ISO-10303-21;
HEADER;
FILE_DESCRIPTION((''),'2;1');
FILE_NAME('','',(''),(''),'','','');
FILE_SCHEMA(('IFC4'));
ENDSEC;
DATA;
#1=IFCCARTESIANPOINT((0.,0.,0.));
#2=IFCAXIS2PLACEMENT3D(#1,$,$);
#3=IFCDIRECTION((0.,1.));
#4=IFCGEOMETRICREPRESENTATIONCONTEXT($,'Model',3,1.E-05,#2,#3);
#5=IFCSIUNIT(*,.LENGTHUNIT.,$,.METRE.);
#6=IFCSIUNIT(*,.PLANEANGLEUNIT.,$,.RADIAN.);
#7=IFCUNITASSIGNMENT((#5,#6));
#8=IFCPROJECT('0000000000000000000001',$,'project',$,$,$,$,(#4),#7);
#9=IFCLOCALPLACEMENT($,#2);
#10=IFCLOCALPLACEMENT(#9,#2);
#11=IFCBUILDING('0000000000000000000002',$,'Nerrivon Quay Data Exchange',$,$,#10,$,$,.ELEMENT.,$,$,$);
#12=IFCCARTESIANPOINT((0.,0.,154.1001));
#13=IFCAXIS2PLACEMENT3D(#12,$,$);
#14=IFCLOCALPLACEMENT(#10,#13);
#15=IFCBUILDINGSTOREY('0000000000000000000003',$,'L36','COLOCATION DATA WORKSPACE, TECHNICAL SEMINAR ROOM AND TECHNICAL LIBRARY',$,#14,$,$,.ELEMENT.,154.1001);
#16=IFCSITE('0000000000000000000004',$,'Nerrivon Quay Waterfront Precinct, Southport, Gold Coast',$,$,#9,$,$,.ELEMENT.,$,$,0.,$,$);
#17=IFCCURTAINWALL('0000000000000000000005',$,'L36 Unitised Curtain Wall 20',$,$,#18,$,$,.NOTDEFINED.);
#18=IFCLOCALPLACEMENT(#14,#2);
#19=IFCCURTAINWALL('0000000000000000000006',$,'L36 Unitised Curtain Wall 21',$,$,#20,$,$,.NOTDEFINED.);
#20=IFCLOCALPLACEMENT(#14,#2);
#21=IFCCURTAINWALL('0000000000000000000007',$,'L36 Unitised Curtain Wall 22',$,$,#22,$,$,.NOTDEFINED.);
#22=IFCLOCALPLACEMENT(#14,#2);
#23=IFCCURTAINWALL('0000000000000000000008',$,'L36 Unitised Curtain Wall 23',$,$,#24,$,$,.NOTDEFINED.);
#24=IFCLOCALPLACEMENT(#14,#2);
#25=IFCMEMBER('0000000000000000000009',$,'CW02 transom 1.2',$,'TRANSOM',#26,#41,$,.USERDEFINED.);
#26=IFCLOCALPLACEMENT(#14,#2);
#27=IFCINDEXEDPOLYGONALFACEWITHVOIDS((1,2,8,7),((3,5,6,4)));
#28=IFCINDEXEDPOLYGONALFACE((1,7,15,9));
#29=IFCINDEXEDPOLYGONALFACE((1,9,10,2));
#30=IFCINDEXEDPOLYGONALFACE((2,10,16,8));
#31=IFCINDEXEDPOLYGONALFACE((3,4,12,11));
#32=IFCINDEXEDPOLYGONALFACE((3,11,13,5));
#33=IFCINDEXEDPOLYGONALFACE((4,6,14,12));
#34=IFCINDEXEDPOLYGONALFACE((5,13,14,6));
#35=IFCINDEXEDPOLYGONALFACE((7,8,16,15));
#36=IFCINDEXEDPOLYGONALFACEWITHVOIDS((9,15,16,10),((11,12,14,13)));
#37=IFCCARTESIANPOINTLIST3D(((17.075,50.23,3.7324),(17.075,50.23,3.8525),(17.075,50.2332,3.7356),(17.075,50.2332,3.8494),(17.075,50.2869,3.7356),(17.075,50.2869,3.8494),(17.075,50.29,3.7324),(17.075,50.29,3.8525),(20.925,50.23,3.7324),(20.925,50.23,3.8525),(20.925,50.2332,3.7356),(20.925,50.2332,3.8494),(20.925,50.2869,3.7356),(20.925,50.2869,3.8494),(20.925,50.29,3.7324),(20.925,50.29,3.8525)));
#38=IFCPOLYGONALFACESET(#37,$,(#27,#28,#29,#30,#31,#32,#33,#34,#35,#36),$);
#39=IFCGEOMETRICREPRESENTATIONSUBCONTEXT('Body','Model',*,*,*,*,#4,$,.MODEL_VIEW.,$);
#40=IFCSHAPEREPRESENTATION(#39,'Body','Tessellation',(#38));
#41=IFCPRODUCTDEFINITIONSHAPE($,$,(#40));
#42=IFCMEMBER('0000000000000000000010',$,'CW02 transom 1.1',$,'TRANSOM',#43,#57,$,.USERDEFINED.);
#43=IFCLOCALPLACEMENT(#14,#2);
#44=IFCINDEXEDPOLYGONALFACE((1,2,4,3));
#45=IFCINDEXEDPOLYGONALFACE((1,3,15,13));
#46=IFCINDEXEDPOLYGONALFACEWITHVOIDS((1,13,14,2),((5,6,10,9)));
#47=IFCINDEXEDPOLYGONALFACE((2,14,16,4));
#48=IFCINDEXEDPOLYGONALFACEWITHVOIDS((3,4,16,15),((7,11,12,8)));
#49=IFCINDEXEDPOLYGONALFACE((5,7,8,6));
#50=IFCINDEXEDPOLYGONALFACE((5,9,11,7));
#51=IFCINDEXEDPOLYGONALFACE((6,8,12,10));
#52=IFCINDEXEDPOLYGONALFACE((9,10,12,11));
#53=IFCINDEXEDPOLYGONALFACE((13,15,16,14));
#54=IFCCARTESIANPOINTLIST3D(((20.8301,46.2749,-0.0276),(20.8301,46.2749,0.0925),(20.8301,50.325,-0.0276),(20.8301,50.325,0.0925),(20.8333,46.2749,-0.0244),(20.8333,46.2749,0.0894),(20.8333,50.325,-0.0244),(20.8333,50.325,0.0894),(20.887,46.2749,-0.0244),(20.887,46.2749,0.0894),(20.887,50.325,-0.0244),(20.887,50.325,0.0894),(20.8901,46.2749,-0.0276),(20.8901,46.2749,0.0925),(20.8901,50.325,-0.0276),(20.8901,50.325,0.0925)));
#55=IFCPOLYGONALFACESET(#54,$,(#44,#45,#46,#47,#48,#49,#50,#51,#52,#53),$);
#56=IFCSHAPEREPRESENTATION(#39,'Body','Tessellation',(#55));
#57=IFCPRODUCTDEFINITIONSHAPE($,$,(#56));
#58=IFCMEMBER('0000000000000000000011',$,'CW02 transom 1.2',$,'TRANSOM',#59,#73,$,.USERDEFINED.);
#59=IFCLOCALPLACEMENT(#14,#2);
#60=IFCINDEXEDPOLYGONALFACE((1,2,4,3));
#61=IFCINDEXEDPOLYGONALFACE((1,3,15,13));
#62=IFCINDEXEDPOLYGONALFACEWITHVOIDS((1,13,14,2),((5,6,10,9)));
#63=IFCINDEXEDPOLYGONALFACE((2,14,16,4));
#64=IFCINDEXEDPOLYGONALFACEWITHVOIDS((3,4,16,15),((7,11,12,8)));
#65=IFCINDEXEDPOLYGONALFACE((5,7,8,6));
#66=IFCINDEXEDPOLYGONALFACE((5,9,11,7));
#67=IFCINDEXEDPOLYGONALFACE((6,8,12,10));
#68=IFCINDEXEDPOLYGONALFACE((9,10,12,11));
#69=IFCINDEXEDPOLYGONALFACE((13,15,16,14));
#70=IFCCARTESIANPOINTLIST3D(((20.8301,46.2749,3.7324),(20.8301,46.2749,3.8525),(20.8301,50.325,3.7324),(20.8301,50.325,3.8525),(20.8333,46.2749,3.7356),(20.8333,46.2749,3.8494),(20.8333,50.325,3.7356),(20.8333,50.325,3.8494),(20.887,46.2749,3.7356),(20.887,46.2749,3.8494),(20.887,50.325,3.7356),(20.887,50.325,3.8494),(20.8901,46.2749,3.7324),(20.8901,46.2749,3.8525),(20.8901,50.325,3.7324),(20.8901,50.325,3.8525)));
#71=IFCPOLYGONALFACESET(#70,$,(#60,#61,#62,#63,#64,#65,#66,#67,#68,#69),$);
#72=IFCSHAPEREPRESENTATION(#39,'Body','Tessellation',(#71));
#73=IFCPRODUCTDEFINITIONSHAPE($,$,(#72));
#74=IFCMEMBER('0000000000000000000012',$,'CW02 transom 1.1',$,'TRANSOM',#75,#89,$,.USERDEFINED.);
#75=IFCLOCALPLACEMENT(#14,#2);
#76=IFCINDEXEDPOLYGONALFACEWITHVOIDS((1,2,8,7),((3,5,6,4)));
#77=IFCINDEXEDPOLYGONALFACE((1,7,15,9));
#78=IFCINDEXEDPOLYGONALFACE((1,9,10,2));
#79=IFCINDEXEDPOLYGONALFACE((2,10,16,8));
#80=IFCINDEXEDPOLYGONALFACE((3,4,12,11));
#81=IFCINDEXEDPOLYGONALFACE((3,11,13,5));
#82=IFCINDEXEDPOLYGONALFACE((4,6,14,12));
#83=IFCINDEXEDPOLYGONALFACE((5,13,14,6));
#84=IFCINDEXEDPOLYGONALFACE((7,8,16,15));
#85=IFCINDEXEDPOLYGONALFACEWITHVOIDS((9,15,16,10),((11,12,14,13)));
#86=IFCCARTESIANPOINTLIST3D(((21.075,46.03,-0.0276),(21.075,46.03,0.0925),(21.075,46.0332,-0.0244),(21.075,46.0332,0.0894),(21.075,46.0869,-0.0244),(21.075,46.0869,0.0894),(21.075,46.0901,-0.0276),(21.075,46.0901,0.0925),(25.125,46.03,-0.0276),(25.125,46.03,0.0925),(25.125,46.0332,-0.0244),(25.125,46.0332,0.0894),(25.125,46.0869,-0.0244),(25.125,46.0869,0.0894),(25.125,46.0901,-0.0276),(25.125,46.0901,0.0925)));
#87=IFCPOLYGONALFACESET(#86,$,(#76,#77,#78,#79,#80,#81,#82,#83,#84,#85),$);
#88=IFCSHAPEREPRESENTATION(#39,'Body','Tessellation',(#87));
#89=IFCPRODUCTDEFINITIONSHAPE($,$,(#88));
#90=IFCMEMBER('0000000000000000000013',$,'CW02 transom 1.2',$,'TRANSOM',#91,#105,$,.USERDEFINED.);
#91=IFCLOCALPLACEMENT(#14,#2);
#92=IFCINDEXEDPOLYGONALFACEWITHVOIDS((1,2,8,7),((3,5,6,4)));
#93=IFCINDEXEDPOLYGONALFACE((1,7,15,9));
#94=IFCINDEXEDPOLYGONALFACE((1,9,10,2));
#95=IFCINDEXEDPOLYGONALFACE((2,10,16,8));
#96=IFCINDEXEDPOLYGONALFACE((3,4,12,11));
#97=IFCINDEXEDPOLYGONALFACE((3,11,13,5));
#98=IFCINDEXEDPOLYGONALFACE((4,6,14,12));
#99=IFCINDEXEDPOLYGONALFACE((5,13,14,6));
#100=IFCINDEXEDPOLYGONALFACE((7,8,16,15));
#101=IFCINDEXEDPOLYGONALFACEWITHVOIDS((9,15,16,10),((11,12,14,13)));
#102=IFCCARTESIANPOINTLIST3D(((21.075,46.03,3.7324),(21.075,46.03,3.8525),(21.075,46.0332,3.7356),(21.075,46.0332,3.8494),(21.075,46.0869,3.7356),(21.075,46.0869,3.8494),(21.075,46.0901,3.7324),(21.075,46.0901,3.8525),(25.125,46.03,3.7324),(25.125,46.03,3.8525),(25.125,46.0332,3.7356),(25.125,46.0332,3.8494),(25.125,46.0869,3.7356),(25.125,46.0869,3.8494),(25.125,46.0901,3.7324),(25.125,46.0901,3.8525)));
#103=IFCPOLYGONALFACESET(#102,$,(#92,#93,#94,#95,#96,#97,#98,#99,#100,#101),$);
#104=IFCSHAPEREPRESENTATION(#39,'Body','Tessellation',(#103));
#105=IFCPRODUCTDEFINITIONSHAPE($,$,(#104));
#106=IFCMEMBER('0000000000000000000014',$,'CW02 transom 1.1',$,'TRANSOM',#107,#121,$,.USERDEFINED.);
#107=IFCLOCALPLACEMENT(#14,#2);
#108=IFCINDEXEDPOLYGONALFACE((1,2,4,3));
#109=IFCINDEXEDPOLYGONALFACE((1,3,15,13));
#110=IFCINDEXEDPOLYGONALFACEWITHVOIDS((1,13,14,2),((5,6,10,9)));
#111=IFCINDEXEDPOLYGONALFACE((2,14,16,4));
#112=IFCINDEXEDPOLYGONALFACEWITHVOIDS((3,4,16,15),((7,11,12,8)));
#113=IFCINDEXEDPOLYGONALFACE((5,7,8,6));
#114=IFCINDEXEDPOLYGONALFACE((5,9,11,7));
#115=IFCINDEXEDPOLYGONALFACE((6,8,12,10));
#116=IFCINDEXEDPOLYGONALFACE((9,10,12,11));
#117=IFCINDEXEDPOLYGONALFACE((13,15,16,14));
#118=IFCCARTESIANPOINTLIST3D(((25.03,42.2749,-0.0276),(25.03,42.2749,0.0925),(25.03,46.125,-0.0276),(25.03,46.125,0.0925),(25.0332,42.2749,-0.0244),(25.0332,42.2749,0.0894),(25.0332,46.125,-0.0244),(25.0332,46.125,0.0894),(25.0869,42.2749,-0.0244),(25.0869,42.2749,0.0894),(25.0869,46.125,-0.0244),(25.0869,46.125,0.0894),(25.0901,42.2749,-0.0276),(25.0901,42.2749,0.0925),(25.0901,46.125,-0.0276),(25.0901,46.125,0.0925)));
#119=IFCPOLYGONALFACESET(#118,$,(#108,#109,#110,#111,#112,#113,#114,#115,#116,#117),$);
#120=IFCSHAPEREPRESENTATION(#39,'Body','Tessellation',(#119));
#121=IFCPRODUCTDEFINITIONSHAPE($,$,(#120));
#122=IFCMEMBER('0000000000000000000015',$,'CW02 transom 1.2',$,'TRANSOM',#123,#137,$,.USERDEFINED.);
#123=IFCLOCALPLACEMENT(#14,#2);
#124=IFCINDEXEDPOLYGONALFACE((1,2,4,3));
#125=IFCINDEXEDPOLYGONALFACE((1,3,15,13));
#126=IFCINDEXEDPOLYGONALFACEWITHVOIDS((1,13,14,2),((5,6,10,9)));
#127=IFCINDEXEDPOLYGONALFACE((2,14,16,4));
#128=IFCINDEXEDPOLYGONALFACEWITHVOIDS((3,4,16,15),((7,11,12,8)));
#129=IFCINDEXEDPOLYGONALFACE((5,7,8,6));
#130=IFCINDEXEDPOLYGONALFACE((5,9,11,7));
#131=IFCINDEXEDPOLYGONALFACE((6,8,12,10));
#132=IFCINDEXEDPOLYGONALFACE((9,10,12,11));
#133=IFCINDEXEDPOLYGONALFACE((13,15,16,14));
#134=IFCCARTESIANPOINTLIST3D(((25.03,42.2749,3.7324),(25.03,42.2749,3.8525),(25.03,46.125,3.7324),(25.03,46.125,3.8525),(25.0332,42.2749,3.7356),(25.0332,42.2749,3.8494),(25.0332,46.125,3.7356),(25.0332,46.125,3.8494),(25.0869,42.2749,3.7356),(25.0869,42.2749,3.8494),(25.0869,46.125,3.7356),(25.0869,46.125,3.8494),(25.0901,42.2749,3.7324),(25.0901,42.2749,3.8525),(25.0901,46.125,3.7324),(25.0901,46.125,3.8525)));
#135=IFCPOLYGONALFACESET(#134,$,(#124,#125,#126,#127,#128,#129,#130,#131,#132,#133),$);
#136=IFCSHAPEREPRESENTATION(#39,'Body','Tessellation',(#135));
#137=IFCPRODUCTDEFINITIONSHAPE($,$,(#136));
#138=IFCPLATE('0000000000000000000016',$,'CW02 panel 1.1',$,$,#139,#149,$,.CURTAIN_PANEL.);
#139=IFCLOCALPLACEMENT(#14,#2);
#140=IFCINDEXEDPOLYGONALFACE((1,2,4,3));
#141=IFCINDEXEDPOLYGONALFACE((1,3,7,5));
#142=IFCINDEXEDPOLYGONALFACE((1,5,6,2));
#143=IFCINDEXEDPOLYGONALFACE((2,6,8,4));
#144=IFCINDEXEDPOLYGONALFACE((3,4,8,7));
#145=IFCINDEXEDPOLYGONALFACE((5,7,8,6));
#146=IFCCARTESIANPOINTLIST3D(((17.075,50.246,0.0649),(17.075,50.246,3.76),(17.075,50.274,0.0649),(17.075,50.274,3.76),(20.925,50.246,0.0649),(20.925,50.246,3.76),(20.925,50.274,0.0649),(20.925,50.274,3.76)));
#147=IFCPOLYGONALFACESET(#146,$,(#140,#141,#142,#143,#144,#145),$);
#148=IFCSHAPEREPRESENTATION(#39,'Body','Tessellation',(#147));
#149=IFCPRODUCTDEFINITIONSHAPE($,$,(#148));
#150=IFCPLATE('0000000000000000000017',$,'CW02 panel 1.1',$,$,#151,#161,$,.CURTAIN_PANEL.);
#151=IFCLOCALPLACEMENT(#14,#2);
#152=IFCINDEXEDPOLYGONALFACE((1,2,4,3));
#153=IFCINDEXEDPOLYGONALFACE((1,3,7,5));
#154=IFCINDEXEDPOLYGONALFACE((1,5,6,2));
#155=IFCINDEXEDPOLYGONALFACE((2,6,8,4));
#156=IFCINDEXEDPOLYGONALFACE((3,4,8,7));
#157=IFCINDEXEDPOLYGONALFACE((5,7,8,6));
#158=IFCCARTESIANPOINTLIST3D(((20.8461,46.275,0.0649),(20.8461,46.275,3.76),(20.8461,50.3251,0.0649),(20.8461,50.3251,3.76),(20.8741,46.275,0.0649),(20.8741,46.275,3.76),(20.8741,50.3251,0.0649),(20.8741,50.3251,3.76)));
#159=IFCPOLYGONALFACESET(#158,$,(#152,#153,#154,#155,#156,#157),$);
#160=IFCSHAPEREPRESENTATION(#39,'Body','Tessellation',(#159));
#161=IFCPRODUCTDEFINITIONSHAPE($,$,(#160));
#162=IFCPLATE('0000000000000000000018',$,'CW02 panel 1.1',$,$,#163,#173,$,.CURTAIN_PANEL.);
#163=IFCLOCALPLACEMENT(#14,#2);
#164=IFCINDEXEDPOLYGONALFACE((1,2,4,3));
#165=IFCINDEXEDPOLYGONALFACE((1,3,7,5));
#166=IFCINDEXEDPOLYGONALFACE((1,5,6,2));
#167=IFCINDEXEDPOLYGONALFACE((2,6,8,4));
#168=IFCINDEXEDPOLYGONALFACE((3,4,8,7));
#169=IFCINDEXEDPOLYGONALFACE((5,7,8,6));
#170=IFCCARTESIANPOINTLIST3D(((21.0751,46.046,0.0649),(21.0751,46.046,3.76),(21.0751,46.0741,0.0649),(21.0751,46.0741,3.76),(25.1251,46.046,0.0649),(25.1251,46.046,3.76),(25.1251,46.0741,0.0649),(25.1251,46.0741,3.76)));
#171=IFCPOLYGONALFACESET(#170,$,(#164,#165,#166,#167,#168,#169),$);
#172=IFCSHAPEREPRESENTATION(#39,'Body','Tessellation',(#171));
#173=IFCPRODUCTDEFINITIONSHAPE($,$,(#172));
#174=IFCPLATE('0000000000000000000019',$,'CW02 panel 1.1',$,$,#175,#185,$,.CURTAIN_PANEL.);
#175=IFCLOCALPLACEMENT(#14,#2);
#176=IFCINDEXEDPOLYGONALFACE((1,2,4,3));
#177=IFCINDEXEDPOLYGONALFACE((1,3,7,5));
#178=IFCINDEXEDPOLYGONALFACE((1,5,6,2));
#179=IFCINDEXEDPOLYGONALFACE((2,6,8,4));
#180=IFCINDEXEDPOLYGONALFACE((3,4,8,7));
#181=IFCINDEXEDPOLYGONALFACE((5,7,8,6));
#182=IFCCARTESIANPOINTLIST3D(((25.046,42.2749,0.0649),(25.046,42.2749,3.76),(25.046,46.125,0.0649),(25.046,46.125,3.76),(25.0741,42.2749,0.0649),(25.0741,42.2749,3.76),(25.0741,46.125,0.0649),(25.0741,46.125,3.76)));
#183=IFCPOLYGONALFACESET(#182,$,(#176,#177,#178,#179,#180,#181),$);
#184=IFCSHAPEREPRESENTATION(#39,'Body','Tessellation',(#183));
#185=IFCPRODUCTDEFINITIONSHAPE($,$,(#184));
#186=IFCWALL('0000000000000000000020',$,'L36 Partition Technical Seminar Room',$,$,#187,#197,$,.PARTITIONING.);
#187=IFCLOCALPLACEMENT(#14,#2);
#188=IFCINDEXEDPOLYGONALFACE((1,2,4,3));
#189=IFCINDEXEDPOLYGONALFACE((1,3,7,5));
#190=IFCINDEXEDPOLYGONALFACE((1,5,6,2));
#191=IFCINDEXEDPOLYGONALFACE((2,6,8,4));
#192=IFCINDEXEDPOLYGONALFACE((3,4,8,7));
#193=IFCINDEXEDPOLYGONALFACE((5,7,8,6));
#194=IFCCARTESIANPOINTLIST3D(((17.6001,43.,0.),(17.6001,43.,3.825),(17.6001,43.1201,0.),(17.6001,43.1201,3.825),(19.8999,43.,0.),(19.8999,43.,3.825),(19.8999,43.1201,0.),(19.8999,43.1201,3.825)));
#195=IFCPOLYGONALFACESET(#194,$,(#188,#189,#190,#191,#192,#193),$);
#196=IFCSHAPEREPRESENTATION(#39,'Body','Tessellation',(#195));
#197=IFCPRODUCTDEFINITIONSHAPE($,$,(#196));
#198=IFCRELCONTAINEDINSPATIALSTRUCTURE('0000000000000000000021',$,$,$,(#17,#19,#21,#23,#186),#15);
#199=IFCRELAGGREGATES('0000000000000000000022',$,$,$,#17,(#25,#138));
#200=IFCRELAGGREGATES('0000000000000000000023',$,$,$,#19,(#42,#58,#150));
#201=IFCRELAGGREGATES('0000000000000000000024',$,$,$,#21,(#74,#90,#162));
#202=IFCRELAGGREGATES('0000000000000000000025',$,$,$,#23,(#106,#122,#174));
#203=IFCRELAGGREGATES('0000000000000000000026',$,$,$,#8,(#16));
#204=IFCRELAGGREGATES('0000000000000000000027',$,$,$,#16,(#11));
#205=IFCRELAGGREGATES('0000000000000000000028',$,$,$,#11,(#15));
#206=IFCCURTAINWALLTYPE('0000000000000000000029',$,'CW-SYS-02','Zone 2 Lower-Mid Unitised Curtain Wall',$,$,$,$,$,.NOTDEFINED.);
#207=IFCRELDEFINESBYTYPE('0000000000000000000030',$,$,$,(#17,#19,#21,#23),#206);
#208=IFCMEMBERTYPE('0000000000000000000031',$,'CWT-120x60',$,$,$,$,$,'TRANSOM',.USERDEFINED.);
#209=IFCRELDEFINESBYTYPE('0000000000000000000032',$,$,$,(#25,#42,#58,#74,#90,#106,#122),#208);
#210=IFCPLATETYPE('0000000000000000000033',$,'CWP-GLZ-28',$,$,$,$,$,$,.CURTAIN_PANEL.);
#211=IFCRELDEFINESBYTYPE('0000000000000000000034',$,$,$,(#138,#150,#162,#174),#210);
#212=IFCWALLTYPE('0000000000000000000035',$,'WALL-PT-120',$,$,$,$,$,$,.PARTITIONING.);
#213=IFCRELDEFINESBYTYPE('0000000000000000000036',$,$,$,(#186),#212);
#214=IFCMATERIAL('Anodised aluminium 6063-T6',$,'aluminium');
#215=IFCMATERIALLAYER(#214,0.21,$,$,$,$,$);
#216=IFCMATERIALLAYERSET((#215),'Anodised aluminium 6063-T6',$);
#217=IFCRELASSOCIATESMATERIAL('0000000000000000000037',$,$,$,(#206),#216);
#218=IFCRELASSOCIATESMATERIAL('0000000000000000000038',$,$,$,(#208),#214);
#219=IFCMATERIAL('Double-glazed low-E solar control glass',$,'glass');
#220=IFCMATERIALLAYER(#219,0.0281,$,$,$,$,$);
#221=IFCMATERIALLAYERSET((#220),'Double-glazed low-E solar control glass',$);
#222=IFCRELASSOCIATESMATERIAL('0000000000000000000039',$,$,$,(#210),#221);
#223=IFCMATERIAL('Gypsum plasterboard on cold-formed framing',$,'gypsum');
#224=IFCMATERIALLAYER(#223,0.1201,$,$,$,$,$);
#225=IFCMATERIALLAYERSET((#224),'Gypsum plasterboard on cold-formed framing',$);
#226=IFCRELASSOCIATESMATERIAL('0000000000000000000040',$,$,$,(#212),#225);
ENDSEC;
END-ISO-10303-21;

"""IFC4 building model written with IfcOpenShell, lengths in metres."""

from ifc_helpers import new_model, si_unit, direction, frame, frame_2d, origin, origin_2d, place, context, subcontext, project, spatial, rectangle, hollow_rectangle, extrude, material, layer, layer_set, material_profile, profile_set, type_object, element, aggregate, save


model = new_model("IFC4")

# Units and contexts
model_context = context("Model", 3, precision=1e-05, world=origin(), true_north=direction((0.0, 1.0)))
body_context = subcontext(model_context, "Body", "Model", "MODEL_VIEW")
ifc_project = project(units=[si_unit("LENGTHUNIT", "METRE"), si_unit("PLANEANGLEUNIT", "RADIAN")], contexts=[model_context])

# Site, building, storey
site_placement = place(None, origin())
site = spatial("IfcSite", under=ifc_project, at=site_placement, Name="Nerrivon Quay Waterfront Precinct, Southport, Gold Coast", CompositionType="ELEMENT", RefElevation=0.0)
building_placement = place(site_placement, origin())
building = spatial("IfcBuilding", under=site, at=building_placement, Name="Nerrivon Quay Data Exchange", CompositionType="ELEMENT")
storey_placement = place(building_placement, frame((0.0, 0.0, 154.1001)))
storey = spatial("IfcBuildingStorey", under=building, at=storey_placement, Name="L36", Description="COLOCATION DATA WORKSPACE, TECHNICAL SEMINAR ROOM AND TECHNICAL LIBRARY", CompositionType="ELEMENT", Elevation=154.1001)

# Shared definitions
ifc_material_1 = material(Name="Anodised aluminium 6063-T6", Category="aluminium")
ifc_layer_1 = layer(ifc_material_1, 0.21)
ifc_layer_set_1 = layer_set([ifc_layer_1], Name="Anodised aluminium 6063-T6")
curtain_wall_type = type_object("IfcCurtainWallType", Name="CW-SYS-02", Description="Zone 2 Lower-Mid Unitised Curtain Wall", PredefinedType="NOTDEFINED", material=ifc_layer_set_1)

# Curtain walls
curtain_wall_1_placement = place(storey_placement, origin())
curtain_wall_1 = element("IfcCurtainWall", 1, at=curtain_wall_1_placement, inside=storey, type_object=curtain_wall_type, Name="L36 Unitised Curtain Wall 20", PredefinedType="NOTDEFINED")
curtain_wall_2_placement = place(storey_placement, origin())
curtain_wall_2 = element("IfcCurtainWall", 2, at=curtain_wall_2_placement, inside=storey, type_object=curtain_wall_type, Name="L36 Unitised Curtain Wall 21", PredefinedType="NOTDEFINED")
curtain_wall_3_placement = place(storey_placement, origin())
curtain_wall_3 = element("IfcCurtainWall", 3, at=curtain_wall_3_placement, inside=storey, type_object=curtain_wall_type, Name="L36 Unitised Curtain Wall 22", PredefinedType="NOTDEFINED")

# Curtain wall
curtain_wall_4_placement = place(storey_placement, origin())
curtain_wall_4 = element("IfcCurtainWall", 4, at=curtain_wall_4_placement, inside=storey, type_object=curtain_wall_type, Name="L36 Unitised Curtain Wall 23", PredefinedType="NOTDEFINED")

# Members
ifc_material_profile_1 = material_profile(ifc_material_1, hollow_rectangle(XDim=0.0601, YDim=0.1201, WallThickness=0.0032, at=origin_2d()), Name="ALU-TRAN-120x60")
ifc_profile_set_1 = profile_set([ifc_material_profile_1], Name="Anodised aluminium 6063-T6")
member_type_1 = type_object("IfcMemberType", Name="CWT-120x60", ElementType="TRANSOM", PredefinedType="USERDEFINED", material=ifc_profile_set_1)
member_1_placement = place(storey_placement, frame((17.075, 50.26, 3.7925), z_axis=(1.0, 0.0, 0.0), x_axis=(0.0, 1.0, 0.0)))
member_1 = element("IfcMember", 5, at=member_1_placement, type_object=member_type_1, Name="CW02 transom 1.2", ObjectType="TRANSOM", PredefinedType="USERDEFINED", context=body_context, shape_type="SweptSolid", body=[
    extrude(hollow_rectangle(XDim=0.0601, YDim=0.1201, WallThickness=0.0032, at=origin_2d()), origin(), (0.0, 0.0, 1.0), 3.8501),
])
member_2_placement = place(storey_placement, frame((20.8601, 50.325, 0.0325), z_axis=(0.0, -1.0, 0.0), x_axis=(1.0, 0.0, 0.0)))
member_2 = element("IfcMember", 6, at=member_2_placement, type_object=member_type_1, Name="CW02 transom 1.1", ObjectType="TRANSOM", PredefinedType="USERDEFINED", context=body_context, shape_type="SweptSolid", body=[
    extrude(hollow_rectangle(XDim=0.0601, YDim=0.1201, WallThickness=0.0032, at=origin_2d()), origin(), (0.0, 0.0, 1.0), 4.05),
])
member_3_placement = place(storey_placement, frame((20.8601, 50.325, 3.7925), z_axis=(0.0, -1.0, 0.0), x_axis=(1.0, 0.0, 0.0)))
member_3 = element("IfcMember", 7, at=member_3_placement, type_object=member_type_1, Name="CW02 transom 1.2", ObjectType="TRANSOM", PredefinedType="USERDEFINED", context=body_context, shape_type="SweptSolid", body=[
    extrude(hollow_rectangle(XDim=0.0601, YDim=0.1201, WallThickness=0.0032, at=origin_2d()), origin(), (0.0, 0.0, 1.0), 4.05),
])
member_4_placement = place(storey_placement, frame((21.075, 46.0601, 0.0325), z_axis=(1.0, 0.0, 0.0), x_axis=(0.0, 1.0, 0.0)))
member_4 = element("IfcMember", 8, at=member_4_placement, type_object=member_type_1, Name="CW02 transom 1.1", ObjectType="TRANSOM", PredefinedType="USERDEFINED", context=body_context, shape_type="SweptSolid", body=[
    extrude(hollow_rectangle(XDim=0.0601, YDim=0.1201, WallThickness=0.0032, at=origin_2d()), origin(), (0.0, 0.0, 1.0), 4.05),
])
member_5_placement = place(storey_placement, frame((21.075, 46.0601, 3.7925), z_axis=(1.0, 0.0, 0.0), x_axis=(0.0, 1.0, 0.0)))
member_5 = element("IfcMember", 9, at=member_5_placement, type_object=member_type_1, Name="CW02 transom 1.2", ObjectType="TRANSOM", PredefinedType="USERDEFINED", context=body_context, shape_type="SweptSolid", body=[
    extrude(hollow_rectangle(XDim=0.0601, YDim=0.1201, WallThickness=0.0032, at=origin_2d()), origin(), (0.0, 0.0, 1.0), 4.05),
])
member_6_placement = place(storey_placement, frame((25.0601, 46.125, 0.0325), z_axis=(0.0, -1.0, 0.0), x_axis=(1.0, 0.0, 0.0)))
member_6 = element("IfcMember", 10, at=member_6_placement, type_object=member_type_1, Name="CW02 transom 1.1", ObjectType="TRANSOM", PredefinedType="USERDEFINED", context=body_context, shape_type="SweptSolid", body=[
    extrude(hollow_rectangle(XDim=0.0601, YDim=0.1201, WallThickness=0.0032, at=origin_2d()), origin(), (0.0, 0.0, 1.0), 3.8501),
])
member_7_placement = place(storey_placement, frame((25.0601, 46.125, 3.7925), z_axis=(0.0, -1.0, 0.0), x_axis=(1.0, 0.0, 0.0)))
member_7 = element("IfcMember", 11, at=member_7_placement, type_object=member_type_1, Name="CW02 transom 1.2", ObjectType="TRANSOM", PredefinedType="USERDEFINED", context=body_context, shape_type="SweptSolid", body=[
    extrude(hollow_rectangle(XDim=0.0601, YDim=0.1201, WallThickness=0.0032, at=origin_2d()), origin(), (0.0, 0.0, 1.0), 3.8501),
])

# Plates
ifc_material_2 = material(Name="Double-glazed low-E solar control glass", Category="glass")
ifc_layer_2 = layer(ifc_material_2, 0.0281)
ifc_layer_set_2 = layer_set([ifc_layer_2], Name="Double-glazed low-E solar control glass")
plate_type = type_object("IfcPlateType", Name="CWP-GLZ-28", PredefinedType="CURTAIN_PANEL", material=ifc_layer_set_2)
plate_1_placement = place(storey_placement, frame((19.0, 50.26, 0.0649), z_axis=(0.0, 0.0, 1.0), x_axis=(1.0, 0.0, 0.0)))
plate_1 = element("IfcPlate", 12, at=plate_1_placement, type_object=plate_type, Name="CW02 panel 1.1", PredefinedType="CURTAIN_PANEL", context=body_context, shape_type="SweptSolid", body=[
    extrude(rectangle(XDim=3.8501, YDim=0.0281, at=origin_2d()), origin(), (0.0, 0.0, 1.0), 3.6951),
])
aggregate(curtain_wall_1, [member_1, plate_1])
plate_2_placement = place(storey_placement, frame((20.8601, 48.3, 0.0649), z_axis=(0.0, 0.0, 1.0), x_axis=(0.0, -1.0, 0.0)))
plate_2 = element("IfcPlate", 13, at=plate_2_placement, type_object=plate_type, Name="CW02 panel 1.1", PredefinedType="CURTAIN_PANEL", context=body_context, shape_type="SweptSolid", body=[
    extrude(rectangle(XDim=4.05, YDim=0.0281, at=origin_2d()), origin(), (0.0, 0.0, 1.0), 3.6951),
])
aggregate(curtain_wall_2, [member_2, member_3, plate_2])
plate_3_placement = place(storey_placement, frame((23.1001, 46.0601, 0.0649), z_axis=(0.0, 0.0, 1.0), x_axis=(1.0, 0.0, 0.0)))
plate_3 = element("IfcPlate", 14, at=plate_3_placement, type_object=plate_type, Name="CW02 panel 1.1", PredefinedType="CURTAIN_PANEL", context=body_context, shape_type="SweptSolid", body=[
    extrude(rectangle(XDim=4.05, YDim=0.0281, at=origin_2d()), origin(), (0.0, 0.0, 1.0), 3.6951),
])
aggregate(curtain_wall_3, [member_4, member_5, plate_3])
plate_4_placement = place(storey_placement, frame((25.0601, 44.2, 0.0649), z_axis=(0.0, 0.0, 1.0), x_axis=(0.0, -1.0, 0.0)))
plate_4 = element("IfcPlate", 15, at=plate_4_placement, type_object=plate_type, Name="CW02 panel 1.1", PredefinedType="CURTAIN_PANEL", context=body_context, shape_type="SweptSolid", body=[
    extrude(rectangle(XDim=3.8501, YDim=0.0281, at=origin_2d()), origin(), (0.0, 0.0, 1.0), 3.6951),
])
aggregate(curtain_wall_4, [member_6, member_7, plate_4])

# Wall
ifc_material_3 = material(Name="Gypsum plasterboard on cold-formed framing", Category="gypsum")
ifc_layer_3 = layer(ifc_material_3, 0.1201)
ifc_layer_set_3 = layer_set([ifc_layer_3], Name="Gypsum plasterboard on cold-formed framing")
wall_type = type_object("IfcWallType", Name="WALL-PT-120", PredefinedType="PARTITIONING", material=ifc_layer_set_3)
wall_placement = place(storey_placement, frame((17.6001, 43.0601, 0.0), z_axis=(0.0, 0.0, 1.0), x_axis=(1.0, 0.0, 0.0)))
element("IfcWall", 16, at=wall_placement, inside=storey, type_object=wall_type, Name="L36 Partition Technical Seminar Room", PredefinedType="PARTITIONING", context=body_context, shape_type="SweptSolid", body=[
    extrude(rectangle(XDim=2.2998, YDim=0.1201, at=frame_2d((1.1499, 0.0))), origin(), (0.0, 0.0, 1.0), 3.825),
])

save(model, "model.ifc")
